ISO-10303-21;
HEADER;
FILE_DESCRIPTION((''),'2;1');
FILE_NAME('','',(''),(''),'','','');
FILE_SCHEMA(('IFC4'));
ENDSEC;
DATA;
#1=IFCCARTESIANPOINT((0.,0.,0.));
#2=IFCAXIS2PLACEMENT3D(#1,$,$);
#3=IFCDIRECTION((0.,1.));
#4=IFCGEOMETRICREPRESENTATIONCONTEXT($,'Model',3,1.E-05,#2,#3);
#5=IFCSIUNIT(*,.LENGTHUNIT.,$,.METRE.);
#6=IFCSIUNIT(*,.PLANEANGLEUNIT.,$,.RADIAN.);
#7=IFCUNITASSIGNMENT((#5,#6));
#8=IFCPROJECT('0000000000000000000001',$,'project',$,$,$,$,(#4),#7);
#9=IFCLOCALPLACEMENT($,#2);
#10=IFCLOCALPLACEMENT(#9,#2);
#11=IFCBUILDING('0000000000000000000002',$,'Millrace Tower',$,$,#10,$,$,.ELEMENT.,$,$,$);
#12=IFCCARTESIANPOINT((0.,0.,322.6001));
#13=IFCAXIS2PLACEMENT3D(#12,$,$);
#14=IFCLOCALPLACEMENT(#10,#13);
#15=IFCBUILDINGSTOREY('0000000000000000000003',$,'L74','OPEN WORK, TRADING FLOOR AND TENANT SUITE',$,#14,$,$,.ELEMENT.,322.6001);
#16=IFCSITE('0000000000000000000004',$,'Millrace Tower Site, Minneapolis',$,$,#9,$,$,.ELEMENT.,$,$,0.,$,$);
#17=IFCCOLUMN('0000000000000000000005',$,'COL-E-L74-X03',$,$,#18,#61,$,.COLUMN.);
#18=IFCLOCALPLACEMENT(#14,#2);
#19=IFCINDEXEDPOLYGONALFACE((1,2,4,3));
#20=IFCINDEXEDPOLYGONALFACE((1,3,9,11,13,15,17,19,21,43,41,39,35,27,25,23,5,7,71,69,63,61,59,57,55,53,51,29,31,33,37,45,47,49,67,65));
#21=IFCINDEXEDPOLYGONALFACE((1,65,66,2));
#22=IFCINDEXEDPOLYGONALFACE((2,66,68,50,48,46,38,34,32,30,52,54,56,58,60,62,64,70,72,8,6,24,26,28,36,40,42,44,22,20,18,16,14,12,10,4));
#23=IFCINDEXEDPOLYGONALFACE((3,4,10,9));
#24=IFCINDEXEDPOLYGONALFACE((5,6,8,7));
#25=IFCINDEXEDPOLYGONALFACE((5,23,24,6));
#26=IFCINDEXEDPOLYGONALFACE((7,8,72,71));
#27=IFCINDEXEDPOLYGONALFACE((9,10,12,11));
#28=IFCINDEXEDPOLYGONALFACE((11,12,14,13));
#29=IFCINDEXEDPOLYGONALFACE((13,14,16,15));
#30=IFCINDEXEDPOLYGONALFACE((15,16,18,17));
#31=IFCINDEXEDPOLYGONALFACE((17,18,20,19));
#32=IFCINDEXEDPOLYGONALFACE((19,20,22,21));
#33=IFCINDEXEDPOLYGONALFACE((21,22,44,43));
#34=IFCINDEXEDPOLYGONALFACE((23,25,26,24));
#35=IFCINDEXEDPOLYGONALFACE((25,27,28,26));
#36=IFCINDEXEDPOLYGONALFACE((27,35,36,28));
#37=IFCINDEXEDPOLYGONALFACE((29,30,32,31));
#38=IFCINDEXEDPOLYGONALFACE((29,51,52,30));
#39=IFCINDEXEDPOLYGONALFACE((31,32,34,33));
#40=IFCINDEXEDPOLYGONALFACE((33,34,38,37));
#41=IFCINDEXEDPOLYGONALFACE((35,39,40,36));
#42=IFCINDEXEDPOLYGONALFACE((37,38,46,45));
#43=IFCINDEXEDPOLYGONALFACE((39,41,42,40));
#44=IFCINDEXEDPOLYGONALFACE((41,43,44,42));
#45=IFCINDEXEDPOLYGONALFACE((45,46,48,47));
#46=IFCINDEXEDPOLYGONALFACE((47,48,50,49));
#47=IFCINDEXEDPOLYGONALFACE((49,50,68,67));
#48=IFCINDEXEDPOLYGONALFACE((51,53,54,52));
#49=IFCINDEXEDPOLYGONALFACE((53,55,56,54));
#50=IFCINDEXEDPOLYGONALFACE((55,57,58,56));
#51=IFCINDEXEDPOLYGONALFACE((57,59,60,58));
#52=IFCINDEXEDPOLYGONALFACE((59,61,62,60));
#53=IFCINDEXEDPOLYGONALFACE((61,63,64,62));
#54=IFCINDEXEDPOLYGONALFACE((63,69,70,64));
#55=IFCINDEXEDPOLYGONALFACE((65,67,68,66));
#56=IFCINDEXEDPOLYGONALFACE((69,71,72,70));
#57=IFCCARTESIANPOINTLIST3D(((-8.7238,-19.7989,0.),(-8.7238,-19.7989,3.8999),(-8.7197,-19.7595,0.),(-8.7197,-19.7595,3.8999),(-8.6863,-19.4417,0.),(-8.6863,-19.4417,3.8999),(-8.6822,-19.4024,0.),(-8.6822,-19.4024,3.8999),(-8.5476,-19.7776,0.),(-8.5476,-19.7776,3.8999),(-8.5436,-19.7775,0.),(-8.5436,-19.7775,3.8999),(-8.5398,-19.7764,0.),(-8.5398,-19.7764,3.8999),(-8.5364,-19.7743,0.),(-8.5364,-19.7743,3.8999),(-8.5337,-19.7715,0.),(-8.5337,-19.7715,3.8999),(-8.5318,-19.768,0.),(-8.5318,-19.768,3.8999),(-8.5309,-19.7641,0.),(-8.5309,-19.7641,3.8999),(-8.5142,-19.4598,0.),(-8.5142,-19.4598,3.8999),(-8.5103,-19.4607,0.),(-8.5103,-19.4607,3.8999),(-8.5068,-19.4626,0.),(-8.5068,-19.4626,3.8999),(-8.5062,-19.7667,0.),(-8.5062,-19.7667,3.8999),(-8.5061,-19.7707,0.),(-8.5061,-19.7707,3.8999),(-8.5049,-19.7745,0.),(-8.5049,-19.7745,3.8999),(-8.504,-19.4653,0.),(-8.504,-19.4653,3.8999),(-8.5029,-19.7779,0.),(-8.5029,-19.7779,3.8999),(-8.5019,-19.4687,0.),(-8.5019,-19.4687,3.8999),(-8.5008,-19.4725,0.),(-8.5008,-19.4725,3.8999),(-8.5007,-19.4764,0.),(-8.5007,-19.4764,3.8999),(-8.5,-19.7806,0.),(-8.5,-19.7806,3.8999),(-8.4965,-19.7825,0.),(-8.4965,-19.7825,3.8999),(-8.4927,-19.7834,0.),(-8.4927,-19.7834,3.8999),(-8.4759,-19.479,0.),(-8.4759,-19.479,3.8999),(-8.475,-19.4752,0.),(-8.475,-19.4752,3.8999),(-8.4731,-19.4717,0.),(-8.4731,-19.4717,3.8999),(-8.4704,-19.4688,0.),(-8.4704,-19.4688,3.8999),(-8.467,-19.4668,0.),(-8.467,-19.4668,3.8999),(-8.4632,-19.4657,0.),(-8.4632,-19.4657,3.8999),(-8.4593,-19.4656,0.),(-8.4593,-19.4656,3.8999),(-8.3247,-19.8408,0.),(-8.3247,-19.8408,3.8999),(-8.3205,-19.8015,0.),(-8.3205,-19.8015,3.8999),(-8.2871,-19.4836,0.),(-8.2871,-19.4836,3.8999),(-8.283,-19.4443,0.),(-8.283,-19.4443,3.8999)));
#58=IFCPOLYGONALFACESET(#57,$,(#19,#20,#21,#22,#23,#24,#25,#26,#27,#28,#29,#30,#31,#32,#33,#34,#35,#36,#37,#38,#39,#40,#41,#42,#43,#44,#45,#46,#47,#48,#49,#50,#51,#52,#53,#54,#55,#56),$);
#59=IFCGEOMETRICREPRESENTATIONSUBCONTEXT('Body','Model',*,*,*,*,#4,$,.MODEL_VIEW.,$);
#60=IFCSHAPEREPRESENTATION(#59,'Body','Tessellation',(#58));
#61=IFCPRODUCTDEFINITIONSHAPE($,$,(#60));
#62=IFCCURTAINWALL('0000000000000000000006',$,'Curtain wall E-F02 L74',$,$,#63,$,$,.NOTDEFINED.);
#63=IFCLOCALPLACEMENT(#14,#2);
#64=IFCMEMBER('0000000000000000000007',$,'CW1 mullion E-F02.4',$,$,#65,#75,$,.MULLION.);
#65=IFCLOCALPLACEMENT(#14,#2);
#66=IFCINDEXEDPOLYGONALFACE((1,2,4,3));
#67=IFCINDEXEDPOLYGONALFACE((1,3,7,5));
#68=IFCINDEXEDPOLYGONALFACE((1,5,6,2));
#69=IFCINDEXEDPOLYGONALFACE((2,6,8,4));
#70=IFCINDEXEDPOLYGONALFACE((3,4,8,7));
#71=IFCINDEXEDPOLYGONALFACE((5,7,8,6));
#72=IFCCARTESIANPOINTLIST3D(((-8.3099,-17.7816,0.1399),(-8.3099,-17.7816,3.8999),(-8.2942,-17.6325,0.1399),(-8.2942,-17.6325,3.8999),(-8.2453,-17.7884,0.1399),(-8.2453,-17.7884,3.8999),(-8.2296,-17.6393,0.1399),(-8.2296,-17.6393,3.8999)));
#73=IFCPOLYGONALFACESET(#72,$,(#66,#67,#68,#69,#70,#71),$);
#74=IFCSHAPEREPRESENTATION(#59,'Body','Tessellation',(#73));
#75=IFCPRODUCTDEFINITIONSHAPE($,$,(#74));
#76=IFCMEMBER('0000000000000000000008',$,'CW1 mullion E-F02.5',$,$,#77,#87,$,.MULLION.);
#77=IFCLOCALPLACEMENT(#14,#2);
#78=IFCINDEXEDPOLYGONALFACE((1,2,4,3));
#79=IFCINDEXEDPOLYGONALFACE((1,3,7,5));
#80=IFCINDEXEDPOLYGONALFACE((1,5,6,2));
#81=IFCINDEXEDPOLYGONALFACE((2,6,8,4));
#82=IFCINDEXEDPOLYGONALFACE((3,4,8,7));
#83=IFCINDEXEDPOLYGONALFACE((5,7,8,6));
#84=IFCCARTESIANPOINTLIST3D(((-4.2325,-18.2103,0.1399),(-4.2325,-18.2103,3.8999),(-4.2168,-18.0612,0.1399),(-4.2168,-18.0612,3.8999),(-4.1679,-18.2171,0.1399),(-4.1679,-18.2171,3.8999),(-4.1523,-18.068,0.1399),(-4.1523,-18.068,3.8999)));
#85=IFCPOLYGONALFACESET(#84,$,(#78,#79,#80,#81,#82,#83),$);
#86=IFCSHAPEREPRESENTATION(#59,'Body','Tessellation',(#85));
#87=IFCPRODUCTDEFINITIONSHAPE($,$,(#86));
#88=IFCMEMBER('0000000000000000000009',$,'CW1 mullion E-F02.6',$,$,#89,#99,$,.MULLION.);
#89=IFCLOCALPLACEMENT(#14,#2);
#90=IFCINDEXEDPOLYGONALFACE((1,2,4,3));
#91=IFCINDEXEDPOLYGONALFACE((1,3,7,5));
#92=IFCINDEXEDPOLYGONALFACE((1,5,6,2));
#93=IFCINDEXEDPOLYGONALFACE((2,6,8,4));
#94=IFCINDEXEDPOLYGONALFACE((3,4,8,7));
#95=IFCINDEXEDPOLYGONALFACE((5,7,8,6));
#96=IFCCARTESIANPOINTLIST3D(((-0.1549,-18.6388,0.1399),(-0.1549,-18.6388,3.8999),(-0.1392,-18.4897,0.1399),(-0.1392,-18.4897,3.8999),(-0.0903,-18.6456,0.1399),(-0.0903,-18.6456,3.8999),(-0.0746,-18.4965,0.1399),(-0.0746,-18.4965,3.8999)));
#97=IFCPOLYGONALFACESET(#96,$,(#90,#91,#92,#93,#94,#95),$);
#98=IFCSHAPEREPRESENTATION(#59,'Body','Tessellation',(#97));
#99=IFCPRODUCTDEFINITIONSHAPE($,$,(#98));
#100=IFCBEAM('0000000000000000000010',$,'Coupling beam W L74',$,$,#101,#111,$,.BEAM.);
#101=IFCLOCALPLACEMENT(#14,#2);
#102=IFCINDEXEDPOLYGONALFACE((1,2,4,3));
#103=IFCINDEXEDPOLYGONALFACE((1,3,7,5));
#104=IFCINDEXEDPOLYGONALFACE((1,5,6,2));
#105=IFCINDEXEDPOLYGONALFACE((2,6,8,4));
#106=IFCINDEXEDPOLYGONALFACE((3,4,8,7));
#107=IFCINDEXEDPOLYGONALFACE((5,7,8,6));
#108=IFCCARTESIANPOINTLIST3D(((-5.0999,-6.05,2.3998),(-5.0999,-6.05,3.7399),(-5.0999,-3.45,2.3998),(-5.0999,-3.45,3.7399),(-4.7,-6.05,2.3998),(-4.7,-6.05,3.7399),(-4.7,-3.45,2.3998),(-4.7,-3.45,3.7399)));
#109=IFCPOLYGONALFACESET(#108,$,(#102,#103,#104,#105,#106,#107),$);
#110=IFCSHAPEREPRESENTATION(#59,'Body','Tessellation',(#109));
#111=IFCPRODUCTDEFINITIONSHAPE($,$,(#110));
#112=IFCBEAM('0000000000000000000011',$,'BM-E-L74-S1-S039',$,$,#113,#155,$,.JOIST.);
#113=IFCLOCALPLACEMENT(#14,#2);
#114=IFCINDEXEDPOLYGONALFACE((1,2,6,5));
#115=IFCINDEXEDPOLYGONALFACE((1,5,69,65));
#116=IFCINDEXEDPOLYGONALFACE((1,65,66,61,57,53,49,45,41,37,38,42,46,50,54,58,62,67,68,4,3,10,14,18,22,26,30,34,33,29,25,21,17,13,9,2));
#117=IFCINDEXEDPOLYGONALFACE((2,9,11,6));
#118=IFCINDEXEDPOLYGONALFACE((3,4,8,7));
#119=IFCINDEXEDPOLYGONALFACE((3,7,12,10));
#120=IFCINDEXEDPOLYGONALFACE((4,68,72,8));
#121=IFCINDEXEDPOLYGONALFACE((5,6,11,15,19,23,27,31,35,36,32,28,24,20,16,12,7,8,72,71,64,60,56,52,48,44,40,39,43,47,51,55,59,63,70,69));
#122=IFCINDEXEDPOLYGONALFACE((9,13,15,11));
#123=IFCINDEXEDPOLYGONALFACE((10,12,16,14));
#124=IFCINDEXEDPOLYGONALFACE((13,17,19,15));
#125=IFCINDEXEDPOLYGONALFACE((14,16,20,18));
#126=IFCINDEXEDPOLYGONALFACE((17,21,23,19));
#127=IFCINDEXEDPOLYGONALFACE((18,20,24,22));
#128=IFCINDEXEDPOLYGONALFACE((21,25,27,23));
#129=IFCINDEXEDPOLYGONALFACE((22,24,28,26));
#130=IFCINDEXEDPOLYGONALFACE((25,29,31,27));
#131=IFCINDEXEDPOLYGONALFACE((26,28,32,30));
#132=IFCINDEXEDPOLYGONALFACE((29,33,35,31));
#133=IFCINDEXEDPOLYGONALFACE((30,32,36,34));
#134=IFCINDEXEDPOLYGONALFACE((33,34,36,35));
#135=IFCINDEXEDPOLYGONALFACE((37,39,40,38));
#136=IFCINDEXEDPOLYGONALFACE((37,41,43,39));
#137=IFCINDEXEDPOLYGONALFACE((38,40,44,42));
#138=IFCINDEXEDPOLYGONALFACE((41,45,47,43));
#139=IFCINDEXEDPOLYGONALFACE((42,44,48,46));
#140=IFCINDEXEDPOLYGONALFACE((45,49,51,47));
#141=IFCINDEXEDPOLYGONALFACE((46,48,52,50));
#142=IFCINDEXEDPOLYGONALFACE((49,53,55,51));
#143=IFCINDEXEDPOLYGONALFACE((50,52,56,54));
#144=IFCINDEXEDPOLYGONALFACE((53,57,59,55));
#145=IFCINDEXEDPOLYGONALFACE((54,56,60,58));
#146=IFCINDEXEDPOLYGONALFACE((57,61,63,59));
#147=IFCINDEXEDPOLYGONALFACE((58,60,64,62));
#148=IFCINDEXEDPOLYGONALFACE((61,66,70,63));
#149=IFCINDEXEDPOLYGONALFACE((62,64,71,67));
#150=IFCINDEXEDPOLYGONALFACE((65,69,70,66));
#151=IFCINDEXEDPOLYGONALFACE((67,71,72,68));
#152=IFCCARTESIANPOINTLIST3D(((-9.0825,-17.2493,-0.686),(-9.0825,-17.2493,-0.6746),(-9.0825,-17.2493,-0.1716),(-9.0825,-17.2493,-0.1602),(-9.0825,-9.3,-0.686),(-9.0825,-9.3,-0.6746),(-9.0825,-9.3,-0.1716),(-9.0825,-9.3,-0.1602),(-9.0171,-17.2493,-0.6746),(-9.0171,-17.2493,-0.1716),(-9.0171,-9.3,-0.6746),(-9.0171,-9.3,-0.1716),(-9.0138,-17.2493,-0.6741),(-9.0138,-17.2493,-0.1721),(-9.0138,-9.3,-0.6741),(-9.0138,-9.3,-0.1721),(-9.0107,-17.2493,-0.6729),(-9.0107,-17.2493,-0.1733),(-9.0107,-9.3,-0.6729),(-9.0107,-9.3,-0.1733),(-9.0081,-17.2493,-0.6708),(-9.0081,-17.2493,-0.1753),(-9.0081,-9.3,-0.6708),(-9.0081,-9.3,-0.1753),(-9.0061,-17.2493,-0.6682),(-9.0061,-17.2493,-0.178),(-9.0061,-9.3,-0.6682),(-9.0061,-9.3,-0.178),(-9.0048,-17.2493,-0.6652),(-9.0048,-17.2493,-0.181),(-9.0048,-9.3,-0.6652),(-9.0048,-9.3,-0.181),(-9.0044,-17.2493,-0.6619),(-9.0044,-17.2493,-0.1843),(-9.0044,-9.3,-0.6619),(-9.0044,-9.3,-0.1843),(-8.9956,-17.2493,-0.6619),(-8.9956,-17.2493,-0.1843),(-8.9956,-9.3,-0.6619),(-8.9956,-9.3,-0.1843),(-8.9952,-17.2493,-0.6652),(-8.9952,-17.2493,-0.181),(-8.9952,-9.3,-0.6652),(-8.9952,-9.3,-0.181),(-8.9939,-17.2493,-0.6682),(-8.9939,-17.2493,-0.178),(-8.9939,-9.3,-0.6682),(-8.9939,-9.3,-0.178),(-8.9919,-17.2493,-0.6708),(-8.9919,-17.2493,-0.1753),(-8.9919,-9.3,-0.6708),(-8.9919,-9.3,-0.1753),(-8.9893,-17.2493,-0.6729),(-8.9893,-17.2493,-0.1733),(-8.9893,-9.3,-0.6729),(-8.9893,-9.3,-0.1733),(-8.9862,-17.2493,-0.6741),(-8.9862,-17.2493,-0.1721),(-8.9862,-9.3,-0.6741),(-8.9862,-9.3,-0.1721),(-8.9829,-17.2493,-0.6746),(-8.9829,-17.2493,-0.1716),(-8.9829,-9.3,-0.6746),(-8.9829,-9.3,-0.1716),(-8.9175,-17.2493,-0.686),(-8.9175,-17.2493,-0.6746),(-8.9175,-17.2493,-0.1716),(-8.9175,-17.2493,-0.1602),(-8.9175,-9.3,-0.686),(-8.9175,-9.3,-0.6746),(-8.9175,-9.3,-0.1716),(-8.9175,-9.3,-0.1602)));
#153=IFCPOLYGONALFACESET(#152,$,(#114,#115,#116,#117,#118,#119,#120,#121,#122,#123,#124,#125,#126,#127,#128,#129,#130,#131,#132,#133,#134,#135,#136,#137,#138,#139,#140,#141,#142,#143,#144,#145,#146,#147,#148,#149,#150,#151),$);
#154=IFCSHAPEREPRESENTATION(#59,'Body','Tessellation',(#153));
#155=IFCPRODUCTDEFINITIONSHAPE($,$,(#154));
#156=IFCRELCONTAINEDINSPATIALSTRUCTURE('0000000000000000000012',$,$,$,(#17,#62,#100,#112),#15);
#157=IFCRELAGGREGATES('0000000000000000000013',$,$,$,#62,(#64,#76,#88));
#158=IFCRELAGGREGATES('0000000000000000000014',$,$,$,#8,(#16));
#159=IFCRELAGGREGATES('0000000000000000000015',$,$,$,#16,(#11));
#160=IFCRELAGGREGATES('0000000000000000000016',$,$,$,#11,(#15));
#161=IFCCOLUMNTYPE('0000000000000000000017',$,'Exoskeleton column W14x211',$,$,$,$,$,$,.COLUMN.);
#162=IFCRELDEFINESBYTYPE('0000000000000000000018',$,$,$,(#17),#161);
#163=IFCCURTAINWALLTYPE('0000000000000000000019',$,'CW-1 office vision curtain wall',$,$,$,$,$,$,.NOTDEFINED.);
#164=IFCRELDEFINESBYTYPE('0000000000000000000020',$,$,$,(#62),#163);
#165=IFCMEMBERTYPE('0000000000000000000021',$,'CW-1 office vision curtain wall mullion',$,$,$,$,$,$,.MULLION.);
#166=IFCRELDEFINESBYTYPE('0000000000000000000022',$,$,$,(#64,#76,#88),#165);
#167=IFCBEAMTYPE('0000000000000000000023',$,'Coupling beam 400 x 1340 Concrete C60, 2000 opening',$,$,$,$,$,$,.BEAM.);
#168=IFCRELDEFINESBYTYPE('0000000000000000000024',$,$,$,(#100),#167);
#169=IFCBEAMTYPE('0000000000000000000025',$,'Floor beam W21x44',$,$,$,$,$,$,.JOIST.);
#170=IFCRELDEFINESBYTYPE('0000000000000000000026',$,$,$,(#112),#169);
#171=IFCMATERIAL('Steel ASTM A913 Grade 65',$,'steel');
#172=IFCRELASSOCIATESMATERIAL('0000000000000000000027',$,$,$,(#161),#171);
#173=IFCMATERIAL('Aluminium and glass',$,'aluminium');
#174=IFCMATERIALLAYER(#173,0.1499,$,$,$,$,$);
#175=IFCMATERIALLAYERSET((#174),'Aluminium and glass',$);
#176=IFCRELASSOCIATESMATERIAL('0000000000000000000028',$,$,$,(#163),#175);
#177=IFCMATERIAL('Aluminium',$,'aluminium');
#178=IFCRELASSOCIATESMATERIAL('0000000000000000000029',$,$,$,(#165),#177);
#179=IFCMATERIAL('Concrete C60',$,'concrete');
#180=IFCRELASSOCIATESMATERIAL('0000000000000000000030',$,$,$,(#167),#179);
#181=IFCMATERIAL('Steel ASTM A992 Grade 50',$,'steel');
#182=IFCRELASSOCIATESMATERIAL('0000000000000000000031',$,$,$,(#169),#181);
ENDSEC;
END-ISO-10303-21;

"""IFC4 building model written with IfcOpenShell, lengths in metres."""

from ifc_helpers import new_model, si_unit, direction, frame, origin, origin_2d, place, context, subcontext, project, spatial, rectangle, i_section, extrude, material, layer, layer_set, material_profile, profile_set, type_object, element, aggregate, save


model = new_model("IFC4")

# Units and contexts
model_context = context("Model", 3, precision=1e-05, world=origin(), true_north=direction((0.0, 1.0)))
body_context = subcontext(model_context, "Body", "Model", "MODEL_VIEW")
ifc_project = project(units=[si_unit("LENGTHUNIT", "METRE"), si_unit("PLANEANGLEUNIT", "RADIAN")], contexts=[model_context])

# Site, building, storey
site_placement = place(None, origin())
site = spatial("IfcSite", under=ifc_project, at=site_placement, Name="Millrace Tower Site, Minneapolis", CompositionType="ELEMENT", RefElevation=0.0)
building_placement = place(site_placement, origin())
building = spatial("IfcBuilding", under=site, at=building_placement, Name="Millrace Tower", CompositionType="ELEMENT")
storey_placement = place(building_placement, frame((0.0, 0.0, 322.6001)))
storey = spatial("IfcBuildingStorey", under=building, at=storey_placement, Name="L74", Description="OPEN WORK, TRADING FLOOR AND TENANT SUITE", CompositionType="ELEMENT", Elevation=322.6001)

# Column
ifc_material_1 = material(Name="Steel ASTM A913 Grade 65", Category="steel")
ifc_material_profile_1 = material_profile(ifc_material_1, i_section(OverallWidth=0.4014, OverallDepth=0.3987, WebThickness=0.0249, FlangeThickness=0.0396, FilletRadius=0.0151, at=origin_2d()))
ifc_profile_set_1 = profile_set([ifc_material_profile_1], Name="Steel ASTM A913 Grade 65")
column_type = type_object("IfcColumnType", Name="Exoskeleton column W14x211", PredefinedType="COLUMN", material=ifc_profile_set_1)
column_placement = place(storey_placement, frame((-8.5034, -19.6216, 0.0), z_axis=(0.0, 0.0, 1.0), x_axis=(0.994522, -0.104528, 0.0)))
element("IfcColumn", 1, at=column_placement, inside=storey, type_object=column_type, Name="COL-E-L74-X03", PredefinedType="COLUMN", context=body_context, shape_type="SweptSolid", body=[
    extrude(i_section(OverallWidth=0.4014, OverallDepth=0.3987, WebThickness=0.0249, FlangeThickness=0.0396, FilletRadius=0.0151, at=origin_2d()), origin(), (0.0, 0.0, 1.0), 3.8999),
])

# Curtain wall, members
ifc_material_2 = material(Name="Aluminium and glass", Category="aluminium")
ifc_layer_1 = layer(ifc_material_2, 0.1499)
ifc_layer_set_1 = layer_set([ifc_layer_1], Name="Aluminium and glass")
curtain_wall_type = type_object("IfcCurtainWallType", Name="CW-1 office vision curtain wall", PredefinedType="NOTDEFINED", material=ifc_layer_set_1)
curtain_wall_placement = place(storey_placement, origin())
curtain_wall = element("IfcCurtainWall", 2, at=curtain_wall_placement, inside=storey, type_object=curtain_wall_type, Name="Curtain wall E-F02 L74", PredefinedType="NOTDEFINED")
ifc_material_3 = material(Name="Aluminium", Category="aluminium")
ifc_material_profile_2 = material_profile(ifc_material_3, rectangle(XDim=0.0649, YDim=0.1499, at=origin_2d()))
ifc_profile_set_2 = profile_set([ifc_material_profile_2], Name="Aluminium")
member_type = type_object("IfcMemberType", Name="CW-1 office vision curtain wall mullion", PredefinedType="MULLION", material=ifc_profile_set_2)
member_1_placement = place(storey_placement, frame((-8.2698, -17.7104, 0.1399), z_axis=(0.0, 0.0, 1.0), x_axis=(0.994522, -0.104528, 0.0)))
member_1 = element("IfcMember", 3, at=member_1_placement, type_object=member_type, Name="CW1 mullion E-F02.4", PredefinedType="MULLION", context=body_context, shape_type="SweptSolid", body=[
    extrude(rectangle(XDim=0.0649, YDim=0.1499, at=origin_2d()), origin(), (0.0, 0.0, 1.0), 3.76),
])
member_2_placement = place(storey_placement, frame((-4.1924, -18.1392, 0.1399), z_axis=(0.0, 0.0, 1.0), x_axis=(0.994522, -0.104528, 0.0)))
member_2 = element("IfcMember", 4, at=member_2_placement, type_object=member_type, Name="CW1 mullion E-F02.5", PredefinedType="MULLION", context=body_context, shape_type="SweptSolid", body=[
    extrude(rectangle(XDim=0.0649, YDim=0.1499, at=origin_2d()), origin(), (0.0, 0.0, 1.0), 3.76),
])
member_3_placement = place(storey_placement, frame((-0.1147, -18.5676, 0.1399), z_axis=(0.0, 0.0, 1.0), x_axis=(0.994522, -0.104528, 0.0)))
member_3 = element("IfcMember", 5, at=member_3_placement, type_object=member_type, Name="CW1 mullion E-F02.6", PredefinedType="MULLION", context=body_context, shape_type="SweptSolid", body=[
    extrude(rectangle(XDim=0.0649, YDim=0.1499, at=origin_2d()), origin(), (0.0, 0.0, 1.0), 3.76),
])
aggregate(curtain_wall, [member_1, member_2, member_3])

# Beams
ifc_material_4 = material(Name="Concrete C60", Category="concrete")
ifc_material_profile_3 = material_profile(ifc_material_4, rectangle(XDim=0.3999, YDim=1.3401, at=origin_2d()))
ifc_profile_set_3 = profile_set([ifc_material_profile_3], Name="Concrete C60")
beam_type_1 = type_object("IfcBeamType", Name="Coupling beam 400 x 1340 Concrete C60, 2000 opening", PredefinedType="BEAM", material=ifc_profile_set_3)
beam_1_placement = place(storey_placement, frame((-4.8999, -6.05, 3.0698), z_axis=(0.0, 1.0, 0.0), x_axis=(-1.0, 0.0, 0.0)))
element("IfcBeam", 6, at=beam_1_placement, inside=storey, type_object=beam_type_1, Name="Coupling beam W L74", PredefinedType="BEAM", context=body_context, shape_type="SweptSolid", body=[
    extrude(rectangle(XDim=0.3999, YDim=1.3401, at=origin_2d()), origin(), (0.0, 0.0, 1.0), 2.6001),
])
ifc_material_5 = material(Name="Steel ASTM A992 Grade 50", Category="steel")
ifc_material_profile_4 = material_profile(ifc_material_5, i_section(OverallWidth=0.165, OverallDepth=0.5259, WebThickness=0.0088, FlangeThickness=0.0115, FilletRadius=0.0127, at=origin_2d()))
ifc_profile_set_4 = profile_set([ifc_material_profile_4], Name="Steel ASTM A992 Grade 50")
beam_type_2 = type_object("IfcBeamType", Name="Floor beam W21x44", PredefinedType="JOIST", material=ifc_profile_set_4)
beam_2_placement = place(storey_placement, frame((-9.0, -17.2493, -0.4231), z_axis=(0.0, 1.0, 0.0), x_axis=(-1.0, 0.0, 0.0)))
element("IfcBeam", 7, at=beam_2_placement, inside=storey, type_object=beam_type_2, Name="BM-E-L74-S1-S039", PredefinedType="JOIST", context=body_context, shape_type="SweptSolid", body=[
    extrude(i_section(OverallWidth=0.165, OverallDepth=0.5259, WebThickness=0.0088, FlangeThickness=0.0115, FilletRadius=0.0127, at=origin_2d()), origin(), (0.0, 0.0, 1.0), 7.9492),
])

save(model, "model.ifc")
